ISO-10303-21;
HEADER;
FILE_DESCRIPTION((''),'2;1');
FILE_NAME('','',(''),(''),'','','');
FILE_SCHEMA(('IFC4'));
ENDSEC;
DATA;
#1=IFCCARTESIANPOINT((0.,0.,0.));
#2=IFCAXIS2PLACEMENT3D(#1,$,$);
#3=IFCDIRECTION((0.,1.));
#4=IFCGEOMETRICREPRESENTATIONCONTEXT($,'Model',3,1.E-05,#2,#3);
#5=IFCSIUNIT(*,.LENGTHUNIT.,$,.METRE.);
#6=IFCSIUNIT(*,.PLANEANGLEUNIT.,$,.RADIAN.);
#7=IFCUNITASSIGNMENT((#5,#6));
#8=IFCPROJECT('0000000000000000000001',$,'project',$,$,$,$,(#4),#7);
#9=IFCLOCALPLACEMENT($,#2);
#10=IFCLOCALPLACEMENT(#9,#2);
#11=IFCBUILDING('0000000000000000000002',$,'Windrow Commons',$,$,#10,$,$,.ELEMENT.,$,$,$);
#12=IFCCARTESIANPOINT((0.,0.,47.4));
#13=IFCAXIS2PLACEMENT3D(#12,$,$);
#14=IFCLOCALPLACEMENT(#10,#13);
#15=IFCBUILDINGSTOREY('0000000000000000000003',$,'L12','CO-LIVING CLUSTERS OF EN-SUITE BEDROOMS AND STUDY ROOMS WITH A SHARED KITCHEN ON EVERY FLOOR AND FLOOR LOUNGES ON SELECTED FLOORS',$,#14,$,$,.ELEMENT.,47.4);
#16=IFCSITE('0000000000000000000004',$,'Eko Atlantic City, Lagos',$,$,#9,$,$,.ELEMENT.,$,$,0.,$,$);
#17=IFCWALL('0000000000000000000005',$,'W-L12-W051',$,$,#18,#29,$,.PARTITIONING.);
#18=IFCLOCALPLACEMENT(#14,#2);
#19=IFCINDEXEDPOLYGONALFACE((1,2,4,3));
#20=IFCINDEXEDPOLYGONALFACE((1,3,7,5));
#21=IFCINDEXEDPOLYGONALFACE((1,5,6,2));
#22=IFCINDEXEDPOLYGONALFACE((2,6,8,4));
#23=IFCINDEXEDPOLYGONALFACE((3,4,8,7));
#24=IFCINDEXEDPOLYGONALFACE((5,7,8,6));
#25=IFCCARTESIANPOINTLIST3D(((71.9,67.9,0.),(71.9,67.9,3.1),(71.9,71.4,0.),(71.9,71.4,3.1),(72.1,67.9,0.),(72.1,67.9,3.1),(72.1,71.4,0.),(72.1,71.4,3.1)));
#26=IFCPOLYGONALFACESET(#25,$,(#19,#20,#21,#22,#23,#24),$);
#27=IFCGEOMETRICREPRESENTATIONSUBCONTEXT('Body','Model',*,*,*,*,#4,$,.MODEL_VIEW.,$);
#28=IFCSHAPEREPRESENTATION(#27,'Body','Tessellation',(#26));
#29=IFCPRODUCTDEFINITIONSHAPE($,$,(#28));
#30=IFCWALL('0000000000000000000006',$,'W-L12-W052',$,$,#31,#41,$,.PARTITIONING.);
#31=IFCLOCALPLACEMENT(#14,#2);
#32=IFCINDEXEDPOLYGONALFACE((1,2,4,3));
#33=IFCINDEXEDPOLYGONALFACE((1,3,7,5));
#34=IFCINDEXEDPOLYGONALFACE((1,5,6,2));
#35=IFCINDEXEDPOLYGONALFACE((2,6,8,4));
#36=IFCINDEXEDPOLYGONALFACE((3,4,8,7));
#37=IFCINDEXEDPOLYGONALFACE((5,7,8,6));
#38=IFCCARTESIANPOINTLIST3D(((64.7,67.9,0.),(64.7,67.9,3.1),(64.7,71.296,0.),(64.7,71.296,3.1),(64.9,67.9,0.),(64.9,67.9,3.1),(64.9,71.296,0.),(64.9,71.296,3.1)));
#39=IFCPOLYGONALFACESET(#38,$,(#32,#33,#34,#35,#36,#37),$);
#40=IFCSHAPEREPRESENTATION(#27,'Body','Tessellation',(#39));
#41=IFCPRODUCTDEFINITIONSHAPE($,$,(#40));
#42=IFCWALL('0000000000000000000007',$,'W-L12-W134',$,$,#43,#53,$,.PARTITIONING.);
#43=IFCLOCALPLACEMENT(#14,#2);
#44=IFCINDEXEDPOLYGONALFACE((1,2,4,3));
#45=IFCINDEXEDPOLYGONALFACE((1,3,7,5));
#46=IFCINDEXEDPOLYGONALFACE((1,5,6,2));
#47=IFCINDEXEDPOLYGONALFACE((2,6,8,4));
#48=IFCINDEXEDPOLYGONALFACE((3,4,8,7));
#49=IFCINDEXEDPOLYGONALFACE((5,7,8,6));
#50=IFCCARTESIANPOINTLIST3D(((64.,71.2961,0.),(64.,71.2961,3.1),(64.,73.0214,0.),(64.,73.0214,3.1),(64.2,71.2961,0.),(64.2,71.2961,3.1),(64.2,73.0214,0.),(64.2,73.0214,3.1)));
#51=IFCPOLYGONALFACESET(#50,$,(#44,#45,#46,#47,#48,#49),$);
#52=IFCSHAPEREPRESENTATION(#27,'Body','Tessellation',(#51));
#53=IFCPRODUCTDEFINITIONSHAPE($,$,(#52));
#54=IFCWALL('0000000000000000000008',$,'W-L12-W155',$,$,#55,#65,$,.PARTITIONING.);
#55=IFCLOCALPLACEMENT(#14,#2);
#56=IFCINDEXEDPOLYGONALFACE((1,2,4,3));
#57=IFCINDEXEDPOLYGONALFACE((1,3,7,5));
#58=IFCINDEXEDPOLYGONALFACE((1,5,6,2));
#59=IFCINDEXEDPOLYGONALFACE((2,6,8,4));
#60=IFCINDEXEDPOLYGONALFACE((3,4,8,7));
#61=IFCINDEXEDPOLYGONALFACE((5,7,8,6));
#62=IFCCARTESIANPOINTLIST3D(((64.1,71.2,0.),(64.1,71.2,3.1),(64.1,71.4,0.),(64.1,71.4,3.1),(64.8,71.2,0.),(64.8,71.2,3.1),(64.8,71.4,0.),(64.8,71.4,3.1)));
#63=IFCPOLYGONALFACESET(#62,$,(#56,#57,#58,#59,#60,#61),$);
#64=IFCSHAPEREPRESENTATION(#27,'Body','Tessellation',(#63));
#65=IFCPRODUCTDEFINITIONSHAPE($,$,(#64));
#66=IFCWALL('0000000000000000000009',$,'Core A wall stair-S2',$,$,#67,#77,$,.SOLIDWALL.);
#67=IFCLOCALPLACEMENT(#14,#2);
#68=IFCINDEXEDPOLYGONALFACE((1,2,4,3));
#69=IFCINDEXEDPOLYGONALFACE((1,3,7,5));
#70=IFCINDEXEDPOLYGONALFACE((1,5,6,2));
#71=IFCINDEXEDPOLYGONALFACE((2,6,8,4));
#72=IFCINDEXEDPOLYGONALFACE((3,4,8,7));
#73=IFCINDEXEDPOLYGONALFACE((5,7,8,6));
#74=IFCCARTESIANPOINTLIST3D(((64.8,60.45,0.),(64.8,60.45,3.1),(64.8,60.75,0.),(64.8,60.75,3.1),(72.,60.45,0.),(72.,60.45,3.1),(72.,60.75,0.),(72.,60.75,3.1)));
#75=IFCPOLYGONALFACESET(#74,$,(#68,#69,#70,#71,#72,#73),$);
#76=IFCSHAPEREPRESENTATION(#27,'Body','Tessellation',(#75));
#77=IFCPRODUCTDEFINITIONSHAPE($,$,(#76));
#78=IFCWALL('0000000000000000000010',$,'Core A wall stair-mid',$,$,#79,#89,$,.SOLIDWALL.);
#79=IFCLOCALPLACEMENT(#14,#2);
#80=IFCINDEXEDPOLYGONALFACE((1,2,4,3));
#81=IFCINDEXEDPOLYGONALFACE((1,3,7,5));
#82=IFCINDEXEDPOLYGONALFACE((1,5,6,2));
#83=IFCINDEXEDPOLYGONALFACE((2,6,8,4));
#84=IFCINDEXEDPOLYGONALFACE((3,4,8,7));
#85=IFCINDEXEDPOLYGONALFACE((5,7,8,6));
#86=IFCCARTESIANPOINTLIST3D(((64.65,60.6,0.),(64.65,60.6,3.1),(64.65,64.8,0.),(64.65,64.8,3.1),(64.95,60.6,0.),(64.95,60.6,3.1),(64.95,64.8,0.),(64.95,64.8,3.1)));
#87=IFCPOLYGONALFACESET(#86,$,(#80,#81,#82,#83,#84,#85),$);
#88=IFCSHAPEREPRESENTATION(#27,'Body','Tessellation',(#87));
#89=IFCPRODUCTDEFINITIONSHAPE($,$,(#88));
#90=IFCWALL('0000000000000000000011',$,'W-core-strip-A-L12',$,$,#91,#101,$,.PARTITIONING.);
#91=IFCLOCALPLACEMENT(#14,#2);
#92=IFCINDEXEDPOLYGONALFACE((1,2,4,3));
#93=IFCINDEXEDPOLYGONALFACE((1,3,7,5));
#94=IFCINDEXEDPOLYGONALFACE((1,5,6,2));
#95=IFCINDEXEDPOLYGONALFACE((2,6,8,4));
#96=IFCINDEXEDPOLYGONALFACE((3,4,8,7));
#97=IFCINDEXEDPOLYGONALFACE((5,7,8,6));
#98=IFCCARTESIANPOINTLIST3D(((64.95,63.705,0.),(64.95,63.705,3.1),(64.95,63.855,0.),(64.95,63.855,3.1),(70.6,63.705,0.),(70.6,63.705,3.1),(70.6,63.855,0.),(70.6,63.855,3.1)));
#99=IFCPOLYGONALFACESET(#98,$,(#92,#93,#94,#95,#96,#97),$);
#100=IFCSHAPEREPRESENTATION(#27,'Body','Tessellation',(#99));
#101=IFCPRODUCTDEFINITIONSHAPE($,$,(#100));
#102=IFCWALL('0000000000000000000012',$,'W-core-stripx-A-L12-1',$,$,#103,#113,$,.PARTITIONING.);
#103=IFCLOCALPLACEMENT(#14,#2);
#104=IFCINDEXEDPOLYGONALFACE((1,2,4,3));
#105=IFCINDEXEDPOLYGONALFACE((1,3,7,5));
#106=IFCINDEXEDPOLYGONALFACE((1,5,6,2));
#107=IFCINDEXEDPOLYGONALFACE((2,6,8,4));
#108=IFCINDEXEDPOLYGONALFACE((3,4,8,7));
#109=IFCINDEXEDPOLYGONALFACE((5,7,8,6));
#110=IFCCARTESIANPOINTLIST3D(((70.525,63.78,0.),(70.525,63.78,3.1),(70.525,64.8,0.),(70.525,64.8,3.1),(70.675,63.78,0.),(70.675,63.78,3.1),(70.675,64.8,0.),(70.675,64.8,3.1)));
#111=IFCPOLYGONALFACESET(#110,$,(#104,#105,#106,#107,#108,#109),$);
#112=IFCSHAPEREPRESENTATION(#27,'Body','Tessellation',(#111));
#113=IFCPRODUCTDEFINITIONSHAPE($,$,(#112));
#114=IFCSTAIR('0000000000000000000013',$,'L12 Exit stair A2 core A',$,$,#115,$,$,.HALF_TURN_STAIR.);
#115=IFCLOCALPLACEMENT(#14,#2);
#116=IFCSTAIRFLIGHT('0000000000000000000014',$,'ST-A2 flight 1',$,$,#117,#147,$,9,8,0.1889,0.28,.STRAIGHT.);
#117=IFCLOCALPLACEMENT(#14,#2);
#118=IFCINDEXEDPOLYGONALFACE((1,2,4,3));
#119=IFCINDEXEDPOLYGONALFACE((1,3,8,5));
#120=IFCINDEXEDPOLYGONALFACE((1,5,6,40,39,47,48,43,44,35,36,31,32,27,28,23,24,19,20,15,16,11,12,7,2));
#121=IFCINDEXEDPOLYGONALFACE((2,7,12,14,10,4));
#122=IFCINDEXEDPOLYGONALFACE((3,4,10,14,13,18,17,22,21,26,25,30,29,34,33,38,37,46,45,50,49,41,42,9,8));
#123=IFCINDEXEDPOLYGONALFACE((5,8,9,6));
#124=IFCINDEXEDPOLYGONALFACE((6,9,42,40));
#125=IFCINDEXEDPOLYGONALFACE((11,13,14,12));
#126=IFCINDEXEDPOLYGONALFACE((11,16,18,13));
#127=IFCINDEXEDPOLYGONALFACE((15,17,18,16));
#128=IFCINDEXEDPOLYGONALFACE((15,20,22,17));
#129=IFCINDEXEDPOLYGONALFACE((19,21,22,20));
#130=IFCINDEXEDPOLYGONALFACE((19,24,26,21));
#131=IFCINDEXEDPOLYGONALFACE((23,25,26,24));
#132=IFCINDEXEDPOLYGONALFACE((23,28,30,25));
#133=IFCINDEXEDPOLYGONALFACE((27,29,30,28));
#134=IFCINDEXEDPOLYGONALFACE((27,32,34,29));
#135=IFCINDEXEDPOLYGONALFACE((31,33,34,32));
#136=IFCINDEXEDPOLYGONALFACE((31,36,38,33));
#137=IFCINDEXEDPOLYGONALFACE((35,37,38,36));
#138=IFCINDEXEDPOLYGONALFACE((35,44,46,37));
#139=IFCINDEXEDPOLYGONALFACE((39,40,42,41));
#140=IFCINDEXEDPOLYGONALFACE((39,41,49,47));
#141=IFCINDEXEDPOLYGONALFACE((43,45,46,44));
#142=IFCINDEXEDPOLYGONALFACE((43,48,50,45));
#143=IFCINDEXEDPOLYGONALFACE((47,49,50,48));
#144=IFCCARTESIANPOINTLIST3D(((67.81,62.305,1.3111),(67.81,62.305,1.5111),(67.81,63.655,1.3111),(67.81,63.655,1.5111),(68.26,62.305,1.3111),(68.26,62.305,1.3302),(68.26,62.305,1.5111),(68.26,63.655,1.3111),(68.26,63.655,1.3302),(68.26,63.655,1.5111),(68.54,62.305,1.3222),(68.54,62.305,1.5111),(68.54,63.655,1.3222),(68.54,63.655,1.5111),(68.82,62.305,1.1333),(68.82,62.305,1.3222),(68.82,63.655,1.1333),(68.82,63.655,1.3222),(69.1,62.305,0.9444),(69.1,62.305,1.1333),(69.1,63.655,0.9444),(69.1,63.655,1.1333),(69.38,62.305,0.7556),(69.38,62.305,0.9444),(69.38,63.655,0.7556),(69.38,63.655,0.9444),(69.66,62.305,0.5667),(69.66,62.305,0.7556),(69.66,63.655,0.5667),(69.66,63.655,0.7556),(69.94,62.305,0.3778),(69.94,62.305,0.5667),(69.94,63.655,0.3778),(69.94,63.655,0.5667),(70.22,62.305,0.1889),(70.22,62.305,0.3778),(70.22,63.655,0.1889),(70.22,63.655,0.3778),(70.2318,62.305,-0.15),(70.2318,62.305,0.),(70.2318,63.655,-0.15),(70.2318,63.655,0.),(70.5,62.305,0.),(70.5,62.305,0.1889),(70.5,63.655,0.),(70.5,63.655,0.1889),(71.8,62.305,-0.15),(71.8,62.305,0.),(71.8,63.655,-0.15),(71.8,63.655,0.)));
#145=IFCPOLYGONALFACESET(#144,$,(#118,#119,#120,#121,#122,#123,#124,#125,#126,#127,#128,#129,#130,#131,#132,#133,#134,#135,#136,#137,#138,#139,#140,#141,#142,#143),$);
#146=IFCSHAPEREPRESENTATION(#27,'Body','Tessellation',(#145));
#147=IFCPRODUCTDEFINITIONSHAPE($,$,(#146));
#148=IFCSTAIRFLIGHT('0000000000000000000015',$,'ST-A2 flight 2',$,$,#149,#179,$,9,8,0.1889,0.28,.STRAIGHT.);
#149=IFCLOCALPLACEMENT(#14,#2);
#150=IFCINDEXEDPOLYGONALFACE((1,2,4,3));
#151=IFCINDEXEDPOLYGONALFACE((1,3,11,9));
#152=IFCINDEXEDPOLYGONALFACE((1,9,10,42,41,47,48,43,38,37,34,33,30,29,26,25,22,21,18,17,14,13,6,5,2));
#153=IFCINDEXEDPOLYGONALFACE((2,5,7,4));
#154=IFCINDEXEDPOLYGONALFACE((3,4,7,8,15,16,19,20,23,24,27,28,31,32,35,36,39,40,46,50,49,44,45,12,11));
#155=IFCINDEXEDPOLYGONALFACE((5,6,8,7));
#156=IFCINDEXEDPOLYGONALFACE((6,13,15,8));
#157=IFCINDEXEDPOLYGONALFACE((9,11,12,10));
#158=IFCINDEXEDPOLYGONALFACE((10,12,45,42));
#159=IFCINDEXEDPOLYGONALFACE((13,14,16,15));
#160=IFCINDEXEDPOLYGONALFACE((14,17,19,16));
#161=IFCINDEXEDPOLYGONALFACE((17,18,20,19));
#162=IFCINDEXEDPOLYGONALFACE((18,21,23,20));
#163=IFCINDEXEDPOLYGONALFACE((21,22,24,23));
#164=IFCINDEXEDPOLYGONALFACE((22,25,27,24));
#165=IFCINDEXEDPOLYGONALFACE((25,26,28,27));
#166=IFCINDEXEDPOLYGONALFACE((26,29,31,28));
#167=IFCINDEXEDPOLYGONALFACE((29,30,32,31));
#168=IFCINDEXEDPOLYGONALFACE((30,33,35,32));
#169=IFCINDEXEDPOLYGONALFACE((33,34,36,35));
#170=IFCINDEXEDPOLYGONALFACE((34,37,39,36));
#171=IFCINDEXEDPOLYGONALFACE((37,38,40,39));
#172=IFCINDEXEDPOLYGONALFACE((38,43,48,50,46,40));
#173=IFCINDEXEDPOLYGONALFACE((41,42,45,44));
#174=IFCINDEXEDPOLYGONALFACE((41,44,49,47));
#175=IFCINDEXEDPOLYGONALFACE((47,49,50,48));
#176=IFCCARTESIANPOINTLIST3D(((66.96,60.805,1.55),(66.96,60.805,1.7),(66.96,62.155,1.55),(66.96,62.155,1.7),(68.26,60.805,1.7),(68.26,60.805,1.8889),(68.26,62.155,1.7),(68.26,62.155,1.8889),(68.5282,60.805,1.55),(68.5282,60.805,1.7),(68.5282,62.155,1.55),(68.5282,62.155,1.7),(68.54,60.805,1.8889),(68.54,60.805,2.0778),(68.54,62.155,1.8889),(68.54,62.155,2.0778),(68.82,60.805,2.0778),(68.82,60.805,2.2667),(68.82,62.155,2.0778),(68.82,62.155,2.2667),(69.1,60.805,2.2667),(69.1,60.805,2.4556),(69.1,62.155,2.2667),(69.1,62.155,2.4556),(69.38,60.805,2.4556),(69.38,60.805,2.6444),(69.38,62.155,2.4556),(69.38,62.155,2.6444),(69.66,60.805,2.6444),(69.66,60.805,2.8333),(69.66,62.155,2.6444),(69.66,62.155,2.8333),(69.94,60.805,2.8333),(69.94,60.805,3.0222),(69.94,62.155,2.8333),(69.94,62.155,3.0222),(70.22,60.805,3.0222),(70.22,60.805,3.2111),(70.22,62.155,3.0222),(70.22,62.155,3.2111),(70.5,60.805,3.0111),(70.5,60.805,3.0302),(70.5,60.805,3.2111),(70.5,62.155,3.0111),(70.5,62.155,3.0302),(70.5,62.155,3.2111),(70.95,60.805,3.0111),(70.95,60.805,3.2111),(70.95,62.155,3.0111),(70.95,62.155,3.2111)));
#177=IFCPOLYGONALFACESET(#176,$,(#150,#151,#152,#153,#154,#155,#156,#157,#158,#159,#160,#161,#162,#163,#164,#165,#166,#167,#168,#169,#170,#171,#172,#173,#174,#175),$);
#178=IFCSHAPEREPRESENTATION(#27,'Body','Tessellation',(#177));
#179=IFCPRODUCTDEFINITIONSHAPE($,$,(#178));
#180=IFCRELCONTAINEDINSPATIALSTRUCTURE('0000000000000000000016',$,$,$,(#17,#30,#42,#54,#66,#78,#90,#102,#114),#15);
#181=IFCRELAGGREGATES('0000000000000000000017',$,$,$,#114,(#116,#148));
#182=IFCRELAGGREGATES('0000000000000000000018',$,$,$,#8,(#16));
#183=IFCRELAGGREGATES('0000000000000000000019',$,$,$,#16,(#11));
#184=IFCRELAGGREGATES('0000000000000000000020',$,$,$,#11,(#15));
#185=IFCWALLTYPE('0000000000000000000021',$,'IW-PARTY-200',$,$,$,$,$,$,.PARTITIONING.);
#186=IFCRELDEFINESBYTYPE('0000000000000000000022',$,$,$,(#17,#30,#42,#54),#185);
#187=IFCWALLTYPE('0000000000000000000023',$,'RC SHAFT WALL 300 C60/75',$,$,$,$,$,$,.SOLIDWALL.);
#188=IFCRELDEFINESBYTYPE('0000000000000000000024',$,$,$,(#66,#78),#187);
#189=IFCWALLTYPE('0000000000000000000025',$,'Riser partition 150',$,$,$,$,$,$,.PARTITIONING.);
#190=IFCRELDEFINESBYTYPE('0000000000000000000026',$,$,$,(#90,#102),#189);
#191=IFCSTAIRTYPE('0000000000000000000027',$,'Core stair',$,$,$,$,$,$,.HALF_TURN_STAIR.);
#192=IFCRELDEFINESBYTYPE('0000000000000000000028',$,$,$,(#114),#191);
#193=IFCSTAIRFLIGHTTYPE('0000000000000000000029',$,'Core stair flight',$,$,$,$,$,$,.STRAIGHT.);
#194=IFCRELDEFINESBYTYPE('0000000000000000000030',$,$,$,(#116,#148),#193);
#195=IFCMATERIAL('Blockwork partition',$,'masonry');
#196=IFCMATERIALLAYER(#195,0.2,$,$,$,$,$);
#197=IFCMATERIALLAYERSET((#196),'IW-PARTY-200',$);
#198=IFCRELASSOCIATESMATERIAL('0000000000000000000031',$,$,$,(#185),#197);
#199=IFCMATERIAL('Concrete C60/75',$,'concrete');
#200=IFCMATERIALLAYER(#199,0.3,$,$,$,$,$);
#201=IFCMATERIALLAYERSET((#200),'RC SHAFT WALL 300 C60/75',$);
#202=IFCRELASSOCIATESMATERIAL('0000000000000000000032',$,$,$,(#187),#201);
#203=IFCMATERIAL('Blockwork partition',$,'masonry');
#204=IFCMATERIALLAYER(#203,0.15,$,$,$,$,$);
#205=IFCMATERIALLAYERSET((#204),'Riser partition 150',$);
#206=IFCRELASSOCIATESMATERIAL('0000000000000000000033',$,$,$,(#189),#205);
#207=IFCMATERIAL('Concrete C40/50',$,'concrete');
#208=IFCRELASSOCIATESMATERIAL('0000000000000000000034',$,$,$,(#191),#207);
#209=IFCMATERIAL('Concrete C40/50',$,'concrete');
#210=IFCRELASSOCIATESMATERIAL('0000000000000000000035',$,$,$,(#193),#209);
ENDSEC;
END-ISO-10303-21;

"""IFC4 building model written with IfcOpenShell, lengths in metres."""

from ifc_helpers import new_model, si_unit, direction, frame, frame_2d, origin, place, context, subcontext, project, spatial, polyline, rectangle, outline, extrude, material, layer, layer_set, type_object, element, aggregate, save


model = new_model("IFC4")

# Units and contexts
model_context = context("Model", 3, precision=1e-05, world=origin(), true_north=direction((0.0, 1.0)))
body_context = subcontext(model_context, "Body", "Model", "MODEL_VIEW")
ifc_project = project(units=[si_unit("LENGTHUNIT", "METRE"), si_unit("PLANEANGLEUNIT", "RADIAN")], contexts=[model_context])

# Site, building, storey
site_placement = place(None, origin())
site = spatial("IfcSite", under=ifc_project, at=site_placement, Name="Eko Atlantic City, Lagos", CompositionType="ELEMENT", RefElevation=0.0)
building_placement = place(site_placement, origin())
building = spatial("IfcBuilding", under=site, at=building_placement, Name="Windrow Commons", CompositionType="ELEMENT")
storey_placement = place(building_placement, frame((0.0, 0.0, 47.4)))
storey = spatial("IfcBuildingStorey", under=building, at=storey_placement, Name="L12", Description="CO-LIVING CLUSTERS OF EN-SUITE BEDROOMS AND STUDY ROOMS WITH A SHARED KITCHEN ON EVERY FLOOR AND FLOOR LOUNGES ON SELECTED FLOORS", CompositionType="ELEMENT", Elevation=47.4)

# Walls
ifc_material_1 = material(Name="Blockwork partition", Category="masonry")
ifc_layer_1 = layer(ifc_material_1, 0.2)
ifc_layer_set_1 = layer_set([ifc_layer_1], Name="IW-PARTY-200")
wall_type_1 = type_object("IfcWallType", Name="IW-PARTY-200", PredefinedType="PARTITIONING", material=ifc_layer_set_1)
wall_1_placement = place(storey_placement, frame((72.0, 67.9, 0.0), z_axis=(0.0, 0.0, 1.0), x_axis=(0.0, 1.0, 0.0)))
element("IfcWall", 1, at=wall_1_placement, inside=storey, type_object=wall_type_1, Name="W-L12-W051", PredefinedType="PARTITIONING", context=body_context, shape_type="SweptSolid", body=[
    extrude(rectangle(XDim=3.5, YDim=0.2, at=frame_2d((1.75, 0.0))), origin(), (0.0, 0.0, 1.0), 3.1),
])
wall_2_placement = place(storey_placement, frame((64.8, 67.9, 0.0), z_axis=(0.0, 0.0, 1.0), x_axis=(0.0, 1.0, 0.0)))
element("IfcWall", 2, at=wall_2_placement, inside=storey, type_object=wall_type_1, Name="W-L12-W052", PredefinedType="PARTITIONING", context=body_context, shape_type="SweptSolid", body=[
    extrude(rectangle(XDim=3.396, YDim=0.2, at=frame_2d((1.698, 0.0))), origin(), (0.0, 0.0, 1.0), 3.1),
])
wall_3_placement = place(storey_placement, frame((64.1, 71.296, 0.0), z_axis=(0.0, 0.0, 1.0), x_axis=(0.0, 1.0, 0.0)))
element("IfcWall", 3, at=wall_3_placement, inside=storey, type_object=wall_type_1, Name="W-L12-W134", PredefinedType="PARTITIONING", context=body_context, shape_type="SweptSolid", body=[
    extrude(rectangle(XDim=1.7253, YDim=0.2, at=frame_2d((0.8627, 0.0))), origin(), (0.0, 0.0, 1.0), 3.1),
])
wall_4_placement = place(storey_placement, frame((64.1, 71.3, 0.0), z_axis=(0.0, 0.0, 1.0), x_axis=(1.0, 0.0, 0.0)))
element("IfcWall", 4, at=wall_4_placement, inside=storey, type_object=wall_type_1, Name="W-L12-W155", PredefinedType="PARTITIONING", context=body_context, shape_type="SweptSolid", body=[
    extrude(rectangle(XDim=0.7, YDim=0.2, at=frame_2d((0.35, 0.0))), origin(), (0.0, 0.0, 1.0), 3.1),
])
ifc_material_2 = material(Name="Concrete C60/75", Category="concrete")
ifc_layer_2 = layer(ifc_material_2, 0.3)
ifc_layer_set_2 = layer_set([ifc_layer_2], Name="RC SHAFT WALL 300 C60/75")
wall_type_2 = type_object("IfcWallType", Name="RC SHAFT WALL 300 C60/75", PredefinedType="SOLIDWALL", material=ifc_layer_set_2)
wall_5_placement = place(storey_placement, frame((64.8, 60.6, 0.0), z_axis=(0.0, 0.0, 1.0), x_axis=(1.0, 0.0, 0.0)))
element("IfcWall", 5, at=wall_5_placement, inside=storey, type_object=wall_type_2, Name="Core A wall stair-S2", PredefinedType="SOLIDWALL", context=body_context, shape_type="SweptSolid", body=[
    extrude(rectangle(XDim=7.2, YDim=0.3, at=frame_2d((3.6, 0.0))), origin(), (0.0, 0.0, 1.0), 3.1),
])
wall_6_placement = place(storey_placement, frame((64.8, 60.6, 0.0), z_axis=(0.0, 0.0, 1.0), x_axis=(0.0, 1.0, 0.0)))
element("IfcWall", 6, at=wall_6_placement, inside=storey, type_object=wall_type_2, Name="Core A wall stair-mid", PredefinedType="SOLIDWALL", context=body_context, shape_type="SweptSolid", body=[
    extrude(rectangle(XDim=4.2, YDim=0.3, at=frame_2d((2.1, 0.0))), origin(), (0.0, 0.0, 1.0), 3.1),
])
ifc_material_3 = material(Name="Blockwork partition", Category="masonry")
ifc_layer_3 = layer(ifc_material_3, 0.15)
ifc_layer_set_3 = layer_set([ifc_layer_3], Name="Riser partition 150")
wall_type_3 = type_object("IfcWallType", Name="Riser partition 150", PredefinedType="PARTITIONING", material=ifc_layer_set_3)
wall_7_placement = place(storey_placement, frame((64.95, 63.78, 0.0), z_axis=(0.0, 0.0, 1.0), x_axis=(1.0, 0.0, 0.0)))
element("IfcWall", 7, at=wall_7_placement, inside=storey, type_object=wall_type_3, Name="W-core-strip-A-L12", PredefinedType="PARTITIONING", context=body_context, shape_type="SweptSolid", body=[
    extrude(rectangle(XDim=5.65, YDim=0.15, at=frame_2d((2.825, 0.0))), origin(), (0.0, 0.0, 1.0), 3.1),
])
wall_8_placement = place(storey_placement, frame((70.6, 63.78, 0.0), z_axis=(0.0, 0.0, 1.0), x_axis=(0.0, 1.0, 0.0)))
element("IfcWall", 8, at=wall_8_placement, inside=storey, type_object=wall_type_3, Name="W-core-stripx-A-L12-1", PredefinedType="PARTITIONING", context=body_context, shape_type="SweptSolid", body=[
    extrude(rectangle(XDim=1.02, YDim=0.15, at=frame_2d((0.51, 0.0))), origin(), (0.0, 0.0, 1.0), 3.1),
])

# Stair, stair flights
ifc_material_4 = material(Name="Concrete C40/50", Category="concrete")
stair_type = type_object("IfcStairType", Name="Core stair", PredefinedType="HALF_TURN_STAIR", material=ifc_material_4)
stair_placement = place(storey_placement, origin())
stair = element("IfcStair", 9, at=stair_placement, inside=storey, type_object=stair_type, Name="L12 Exit stair A2 core A", PredefinedType="HALF_TURN_STAIR")
ifc_material_5 = material(Name="Concrete C40/50", Category="concrete")
stair_flight_type = type_object("IfcStairFlightType", Name="Core stair flight", PredefinedType="STRAIGHT", material=ifc_material_5)
stair_flight_1_placement = place(storey_placement, frame((70.5, 62.98, 0.0), z_axis=(0.0, 0.0, 1.0), x_axis=(-1.0, 0.0, 0.0)))
stair_flight_1 = element("IfcStairFlight", 10, at=stair_flight_1_placement, type_object=stair_flight_type, Name="ST-A2 flight 1", NumberOfRisers=9, NumberOfTreads=8, PredefinedType="STRAIGHT", RiserHeight=0.1889, TreadLength=0.28, context=body_context, shape_type="SweptSolid", body=[
    extrude(outline(polyline([(-1.3, -0.15), (-1.3, 0.0), (0.0, 0.0), (0.0, 0.1889), (0.28, 0.1889), (0.28, 0.3778), (0.56, 0.3778), (0.56, 0.5667), (0.84, 0.5667), (0.84, 0.7556), (1.12, 0.7556), (1.12, 0.9444), (1.4, 0.9444), (1.4, 1.1333), (1.68, 1.1333), (1.68, 1.3222), (1.96, 1.3222), (1.96, 1.5111), (2.24, 1.5111), (2.69, 1.5111), (2.69, 1.3111), (2.24, 1.3111), (2.24, 1.3302), (0.2682, 0.0), (0.2682, -0.15), (-1.3, -0.15)])), frame((0.0, 0.675, 0.0), z_axis=(0.0, -1.0, 0.0), x_axis=(1.0, 0.0, 0.0)), (0.0, 0.0, 1.0), 1.35),
])
stair_flight_2_placement = place(storey_placement, frame((68.26, 61.48, 1.7), z_axis=(0.0, 0.0, 1.0), x_axis=(1.0, 0.0, 0.0)))
stair_flight_2 = element("IfcStairFlight", 11, at=stair_flight_2_placement, type_object=stair_flight_type, Name="ST-A2 flight 2", NumberOfRisers=9, NumberOfTreads=8, PredefinedType="STRAIGHT", RiserHeight=0.1889, TreadLength=0.28, context=body_context, shape_type="SweptSolid", body=[
    extrude(outline(polyline([(-1.3, -0.15), (-1.3, 0.0), (0.0, 0.0), (0.0, 0.1889), (0.28, 0.1889), (0.28, 0.3778), (0.56, 0.3778), (0.56, 0.5667), (0.84, 0.5667), (0.84, 0.7556), (1.12, 0.7556), (1.12, 0.9444), (1.4, 0.9444), (1.4, 1.1333), (1.68, 1.1333), (1.68, 1.3222), (1.96, 1.3222), (1.96, 1.5111), (2.24, 1.5111), (2.69, 1.5111), (2.69, 1.3111), (2.24, 1.3111), (2.24, 1.3302), (0.2682, 0.0), (0.2682, -0.15), (-1.3, -0.15)])), frame((0.0, 0.675, 0.0), z_axis=(0.0, -1.0, 0.0), x_axis=(1.0, 0.0, 0.0)), (0.0, 0.0, 1.0), 1.35),
])
aggregate(stair, [stair_flight_1, stair_flight_2])

save(model, "model.ifc")
